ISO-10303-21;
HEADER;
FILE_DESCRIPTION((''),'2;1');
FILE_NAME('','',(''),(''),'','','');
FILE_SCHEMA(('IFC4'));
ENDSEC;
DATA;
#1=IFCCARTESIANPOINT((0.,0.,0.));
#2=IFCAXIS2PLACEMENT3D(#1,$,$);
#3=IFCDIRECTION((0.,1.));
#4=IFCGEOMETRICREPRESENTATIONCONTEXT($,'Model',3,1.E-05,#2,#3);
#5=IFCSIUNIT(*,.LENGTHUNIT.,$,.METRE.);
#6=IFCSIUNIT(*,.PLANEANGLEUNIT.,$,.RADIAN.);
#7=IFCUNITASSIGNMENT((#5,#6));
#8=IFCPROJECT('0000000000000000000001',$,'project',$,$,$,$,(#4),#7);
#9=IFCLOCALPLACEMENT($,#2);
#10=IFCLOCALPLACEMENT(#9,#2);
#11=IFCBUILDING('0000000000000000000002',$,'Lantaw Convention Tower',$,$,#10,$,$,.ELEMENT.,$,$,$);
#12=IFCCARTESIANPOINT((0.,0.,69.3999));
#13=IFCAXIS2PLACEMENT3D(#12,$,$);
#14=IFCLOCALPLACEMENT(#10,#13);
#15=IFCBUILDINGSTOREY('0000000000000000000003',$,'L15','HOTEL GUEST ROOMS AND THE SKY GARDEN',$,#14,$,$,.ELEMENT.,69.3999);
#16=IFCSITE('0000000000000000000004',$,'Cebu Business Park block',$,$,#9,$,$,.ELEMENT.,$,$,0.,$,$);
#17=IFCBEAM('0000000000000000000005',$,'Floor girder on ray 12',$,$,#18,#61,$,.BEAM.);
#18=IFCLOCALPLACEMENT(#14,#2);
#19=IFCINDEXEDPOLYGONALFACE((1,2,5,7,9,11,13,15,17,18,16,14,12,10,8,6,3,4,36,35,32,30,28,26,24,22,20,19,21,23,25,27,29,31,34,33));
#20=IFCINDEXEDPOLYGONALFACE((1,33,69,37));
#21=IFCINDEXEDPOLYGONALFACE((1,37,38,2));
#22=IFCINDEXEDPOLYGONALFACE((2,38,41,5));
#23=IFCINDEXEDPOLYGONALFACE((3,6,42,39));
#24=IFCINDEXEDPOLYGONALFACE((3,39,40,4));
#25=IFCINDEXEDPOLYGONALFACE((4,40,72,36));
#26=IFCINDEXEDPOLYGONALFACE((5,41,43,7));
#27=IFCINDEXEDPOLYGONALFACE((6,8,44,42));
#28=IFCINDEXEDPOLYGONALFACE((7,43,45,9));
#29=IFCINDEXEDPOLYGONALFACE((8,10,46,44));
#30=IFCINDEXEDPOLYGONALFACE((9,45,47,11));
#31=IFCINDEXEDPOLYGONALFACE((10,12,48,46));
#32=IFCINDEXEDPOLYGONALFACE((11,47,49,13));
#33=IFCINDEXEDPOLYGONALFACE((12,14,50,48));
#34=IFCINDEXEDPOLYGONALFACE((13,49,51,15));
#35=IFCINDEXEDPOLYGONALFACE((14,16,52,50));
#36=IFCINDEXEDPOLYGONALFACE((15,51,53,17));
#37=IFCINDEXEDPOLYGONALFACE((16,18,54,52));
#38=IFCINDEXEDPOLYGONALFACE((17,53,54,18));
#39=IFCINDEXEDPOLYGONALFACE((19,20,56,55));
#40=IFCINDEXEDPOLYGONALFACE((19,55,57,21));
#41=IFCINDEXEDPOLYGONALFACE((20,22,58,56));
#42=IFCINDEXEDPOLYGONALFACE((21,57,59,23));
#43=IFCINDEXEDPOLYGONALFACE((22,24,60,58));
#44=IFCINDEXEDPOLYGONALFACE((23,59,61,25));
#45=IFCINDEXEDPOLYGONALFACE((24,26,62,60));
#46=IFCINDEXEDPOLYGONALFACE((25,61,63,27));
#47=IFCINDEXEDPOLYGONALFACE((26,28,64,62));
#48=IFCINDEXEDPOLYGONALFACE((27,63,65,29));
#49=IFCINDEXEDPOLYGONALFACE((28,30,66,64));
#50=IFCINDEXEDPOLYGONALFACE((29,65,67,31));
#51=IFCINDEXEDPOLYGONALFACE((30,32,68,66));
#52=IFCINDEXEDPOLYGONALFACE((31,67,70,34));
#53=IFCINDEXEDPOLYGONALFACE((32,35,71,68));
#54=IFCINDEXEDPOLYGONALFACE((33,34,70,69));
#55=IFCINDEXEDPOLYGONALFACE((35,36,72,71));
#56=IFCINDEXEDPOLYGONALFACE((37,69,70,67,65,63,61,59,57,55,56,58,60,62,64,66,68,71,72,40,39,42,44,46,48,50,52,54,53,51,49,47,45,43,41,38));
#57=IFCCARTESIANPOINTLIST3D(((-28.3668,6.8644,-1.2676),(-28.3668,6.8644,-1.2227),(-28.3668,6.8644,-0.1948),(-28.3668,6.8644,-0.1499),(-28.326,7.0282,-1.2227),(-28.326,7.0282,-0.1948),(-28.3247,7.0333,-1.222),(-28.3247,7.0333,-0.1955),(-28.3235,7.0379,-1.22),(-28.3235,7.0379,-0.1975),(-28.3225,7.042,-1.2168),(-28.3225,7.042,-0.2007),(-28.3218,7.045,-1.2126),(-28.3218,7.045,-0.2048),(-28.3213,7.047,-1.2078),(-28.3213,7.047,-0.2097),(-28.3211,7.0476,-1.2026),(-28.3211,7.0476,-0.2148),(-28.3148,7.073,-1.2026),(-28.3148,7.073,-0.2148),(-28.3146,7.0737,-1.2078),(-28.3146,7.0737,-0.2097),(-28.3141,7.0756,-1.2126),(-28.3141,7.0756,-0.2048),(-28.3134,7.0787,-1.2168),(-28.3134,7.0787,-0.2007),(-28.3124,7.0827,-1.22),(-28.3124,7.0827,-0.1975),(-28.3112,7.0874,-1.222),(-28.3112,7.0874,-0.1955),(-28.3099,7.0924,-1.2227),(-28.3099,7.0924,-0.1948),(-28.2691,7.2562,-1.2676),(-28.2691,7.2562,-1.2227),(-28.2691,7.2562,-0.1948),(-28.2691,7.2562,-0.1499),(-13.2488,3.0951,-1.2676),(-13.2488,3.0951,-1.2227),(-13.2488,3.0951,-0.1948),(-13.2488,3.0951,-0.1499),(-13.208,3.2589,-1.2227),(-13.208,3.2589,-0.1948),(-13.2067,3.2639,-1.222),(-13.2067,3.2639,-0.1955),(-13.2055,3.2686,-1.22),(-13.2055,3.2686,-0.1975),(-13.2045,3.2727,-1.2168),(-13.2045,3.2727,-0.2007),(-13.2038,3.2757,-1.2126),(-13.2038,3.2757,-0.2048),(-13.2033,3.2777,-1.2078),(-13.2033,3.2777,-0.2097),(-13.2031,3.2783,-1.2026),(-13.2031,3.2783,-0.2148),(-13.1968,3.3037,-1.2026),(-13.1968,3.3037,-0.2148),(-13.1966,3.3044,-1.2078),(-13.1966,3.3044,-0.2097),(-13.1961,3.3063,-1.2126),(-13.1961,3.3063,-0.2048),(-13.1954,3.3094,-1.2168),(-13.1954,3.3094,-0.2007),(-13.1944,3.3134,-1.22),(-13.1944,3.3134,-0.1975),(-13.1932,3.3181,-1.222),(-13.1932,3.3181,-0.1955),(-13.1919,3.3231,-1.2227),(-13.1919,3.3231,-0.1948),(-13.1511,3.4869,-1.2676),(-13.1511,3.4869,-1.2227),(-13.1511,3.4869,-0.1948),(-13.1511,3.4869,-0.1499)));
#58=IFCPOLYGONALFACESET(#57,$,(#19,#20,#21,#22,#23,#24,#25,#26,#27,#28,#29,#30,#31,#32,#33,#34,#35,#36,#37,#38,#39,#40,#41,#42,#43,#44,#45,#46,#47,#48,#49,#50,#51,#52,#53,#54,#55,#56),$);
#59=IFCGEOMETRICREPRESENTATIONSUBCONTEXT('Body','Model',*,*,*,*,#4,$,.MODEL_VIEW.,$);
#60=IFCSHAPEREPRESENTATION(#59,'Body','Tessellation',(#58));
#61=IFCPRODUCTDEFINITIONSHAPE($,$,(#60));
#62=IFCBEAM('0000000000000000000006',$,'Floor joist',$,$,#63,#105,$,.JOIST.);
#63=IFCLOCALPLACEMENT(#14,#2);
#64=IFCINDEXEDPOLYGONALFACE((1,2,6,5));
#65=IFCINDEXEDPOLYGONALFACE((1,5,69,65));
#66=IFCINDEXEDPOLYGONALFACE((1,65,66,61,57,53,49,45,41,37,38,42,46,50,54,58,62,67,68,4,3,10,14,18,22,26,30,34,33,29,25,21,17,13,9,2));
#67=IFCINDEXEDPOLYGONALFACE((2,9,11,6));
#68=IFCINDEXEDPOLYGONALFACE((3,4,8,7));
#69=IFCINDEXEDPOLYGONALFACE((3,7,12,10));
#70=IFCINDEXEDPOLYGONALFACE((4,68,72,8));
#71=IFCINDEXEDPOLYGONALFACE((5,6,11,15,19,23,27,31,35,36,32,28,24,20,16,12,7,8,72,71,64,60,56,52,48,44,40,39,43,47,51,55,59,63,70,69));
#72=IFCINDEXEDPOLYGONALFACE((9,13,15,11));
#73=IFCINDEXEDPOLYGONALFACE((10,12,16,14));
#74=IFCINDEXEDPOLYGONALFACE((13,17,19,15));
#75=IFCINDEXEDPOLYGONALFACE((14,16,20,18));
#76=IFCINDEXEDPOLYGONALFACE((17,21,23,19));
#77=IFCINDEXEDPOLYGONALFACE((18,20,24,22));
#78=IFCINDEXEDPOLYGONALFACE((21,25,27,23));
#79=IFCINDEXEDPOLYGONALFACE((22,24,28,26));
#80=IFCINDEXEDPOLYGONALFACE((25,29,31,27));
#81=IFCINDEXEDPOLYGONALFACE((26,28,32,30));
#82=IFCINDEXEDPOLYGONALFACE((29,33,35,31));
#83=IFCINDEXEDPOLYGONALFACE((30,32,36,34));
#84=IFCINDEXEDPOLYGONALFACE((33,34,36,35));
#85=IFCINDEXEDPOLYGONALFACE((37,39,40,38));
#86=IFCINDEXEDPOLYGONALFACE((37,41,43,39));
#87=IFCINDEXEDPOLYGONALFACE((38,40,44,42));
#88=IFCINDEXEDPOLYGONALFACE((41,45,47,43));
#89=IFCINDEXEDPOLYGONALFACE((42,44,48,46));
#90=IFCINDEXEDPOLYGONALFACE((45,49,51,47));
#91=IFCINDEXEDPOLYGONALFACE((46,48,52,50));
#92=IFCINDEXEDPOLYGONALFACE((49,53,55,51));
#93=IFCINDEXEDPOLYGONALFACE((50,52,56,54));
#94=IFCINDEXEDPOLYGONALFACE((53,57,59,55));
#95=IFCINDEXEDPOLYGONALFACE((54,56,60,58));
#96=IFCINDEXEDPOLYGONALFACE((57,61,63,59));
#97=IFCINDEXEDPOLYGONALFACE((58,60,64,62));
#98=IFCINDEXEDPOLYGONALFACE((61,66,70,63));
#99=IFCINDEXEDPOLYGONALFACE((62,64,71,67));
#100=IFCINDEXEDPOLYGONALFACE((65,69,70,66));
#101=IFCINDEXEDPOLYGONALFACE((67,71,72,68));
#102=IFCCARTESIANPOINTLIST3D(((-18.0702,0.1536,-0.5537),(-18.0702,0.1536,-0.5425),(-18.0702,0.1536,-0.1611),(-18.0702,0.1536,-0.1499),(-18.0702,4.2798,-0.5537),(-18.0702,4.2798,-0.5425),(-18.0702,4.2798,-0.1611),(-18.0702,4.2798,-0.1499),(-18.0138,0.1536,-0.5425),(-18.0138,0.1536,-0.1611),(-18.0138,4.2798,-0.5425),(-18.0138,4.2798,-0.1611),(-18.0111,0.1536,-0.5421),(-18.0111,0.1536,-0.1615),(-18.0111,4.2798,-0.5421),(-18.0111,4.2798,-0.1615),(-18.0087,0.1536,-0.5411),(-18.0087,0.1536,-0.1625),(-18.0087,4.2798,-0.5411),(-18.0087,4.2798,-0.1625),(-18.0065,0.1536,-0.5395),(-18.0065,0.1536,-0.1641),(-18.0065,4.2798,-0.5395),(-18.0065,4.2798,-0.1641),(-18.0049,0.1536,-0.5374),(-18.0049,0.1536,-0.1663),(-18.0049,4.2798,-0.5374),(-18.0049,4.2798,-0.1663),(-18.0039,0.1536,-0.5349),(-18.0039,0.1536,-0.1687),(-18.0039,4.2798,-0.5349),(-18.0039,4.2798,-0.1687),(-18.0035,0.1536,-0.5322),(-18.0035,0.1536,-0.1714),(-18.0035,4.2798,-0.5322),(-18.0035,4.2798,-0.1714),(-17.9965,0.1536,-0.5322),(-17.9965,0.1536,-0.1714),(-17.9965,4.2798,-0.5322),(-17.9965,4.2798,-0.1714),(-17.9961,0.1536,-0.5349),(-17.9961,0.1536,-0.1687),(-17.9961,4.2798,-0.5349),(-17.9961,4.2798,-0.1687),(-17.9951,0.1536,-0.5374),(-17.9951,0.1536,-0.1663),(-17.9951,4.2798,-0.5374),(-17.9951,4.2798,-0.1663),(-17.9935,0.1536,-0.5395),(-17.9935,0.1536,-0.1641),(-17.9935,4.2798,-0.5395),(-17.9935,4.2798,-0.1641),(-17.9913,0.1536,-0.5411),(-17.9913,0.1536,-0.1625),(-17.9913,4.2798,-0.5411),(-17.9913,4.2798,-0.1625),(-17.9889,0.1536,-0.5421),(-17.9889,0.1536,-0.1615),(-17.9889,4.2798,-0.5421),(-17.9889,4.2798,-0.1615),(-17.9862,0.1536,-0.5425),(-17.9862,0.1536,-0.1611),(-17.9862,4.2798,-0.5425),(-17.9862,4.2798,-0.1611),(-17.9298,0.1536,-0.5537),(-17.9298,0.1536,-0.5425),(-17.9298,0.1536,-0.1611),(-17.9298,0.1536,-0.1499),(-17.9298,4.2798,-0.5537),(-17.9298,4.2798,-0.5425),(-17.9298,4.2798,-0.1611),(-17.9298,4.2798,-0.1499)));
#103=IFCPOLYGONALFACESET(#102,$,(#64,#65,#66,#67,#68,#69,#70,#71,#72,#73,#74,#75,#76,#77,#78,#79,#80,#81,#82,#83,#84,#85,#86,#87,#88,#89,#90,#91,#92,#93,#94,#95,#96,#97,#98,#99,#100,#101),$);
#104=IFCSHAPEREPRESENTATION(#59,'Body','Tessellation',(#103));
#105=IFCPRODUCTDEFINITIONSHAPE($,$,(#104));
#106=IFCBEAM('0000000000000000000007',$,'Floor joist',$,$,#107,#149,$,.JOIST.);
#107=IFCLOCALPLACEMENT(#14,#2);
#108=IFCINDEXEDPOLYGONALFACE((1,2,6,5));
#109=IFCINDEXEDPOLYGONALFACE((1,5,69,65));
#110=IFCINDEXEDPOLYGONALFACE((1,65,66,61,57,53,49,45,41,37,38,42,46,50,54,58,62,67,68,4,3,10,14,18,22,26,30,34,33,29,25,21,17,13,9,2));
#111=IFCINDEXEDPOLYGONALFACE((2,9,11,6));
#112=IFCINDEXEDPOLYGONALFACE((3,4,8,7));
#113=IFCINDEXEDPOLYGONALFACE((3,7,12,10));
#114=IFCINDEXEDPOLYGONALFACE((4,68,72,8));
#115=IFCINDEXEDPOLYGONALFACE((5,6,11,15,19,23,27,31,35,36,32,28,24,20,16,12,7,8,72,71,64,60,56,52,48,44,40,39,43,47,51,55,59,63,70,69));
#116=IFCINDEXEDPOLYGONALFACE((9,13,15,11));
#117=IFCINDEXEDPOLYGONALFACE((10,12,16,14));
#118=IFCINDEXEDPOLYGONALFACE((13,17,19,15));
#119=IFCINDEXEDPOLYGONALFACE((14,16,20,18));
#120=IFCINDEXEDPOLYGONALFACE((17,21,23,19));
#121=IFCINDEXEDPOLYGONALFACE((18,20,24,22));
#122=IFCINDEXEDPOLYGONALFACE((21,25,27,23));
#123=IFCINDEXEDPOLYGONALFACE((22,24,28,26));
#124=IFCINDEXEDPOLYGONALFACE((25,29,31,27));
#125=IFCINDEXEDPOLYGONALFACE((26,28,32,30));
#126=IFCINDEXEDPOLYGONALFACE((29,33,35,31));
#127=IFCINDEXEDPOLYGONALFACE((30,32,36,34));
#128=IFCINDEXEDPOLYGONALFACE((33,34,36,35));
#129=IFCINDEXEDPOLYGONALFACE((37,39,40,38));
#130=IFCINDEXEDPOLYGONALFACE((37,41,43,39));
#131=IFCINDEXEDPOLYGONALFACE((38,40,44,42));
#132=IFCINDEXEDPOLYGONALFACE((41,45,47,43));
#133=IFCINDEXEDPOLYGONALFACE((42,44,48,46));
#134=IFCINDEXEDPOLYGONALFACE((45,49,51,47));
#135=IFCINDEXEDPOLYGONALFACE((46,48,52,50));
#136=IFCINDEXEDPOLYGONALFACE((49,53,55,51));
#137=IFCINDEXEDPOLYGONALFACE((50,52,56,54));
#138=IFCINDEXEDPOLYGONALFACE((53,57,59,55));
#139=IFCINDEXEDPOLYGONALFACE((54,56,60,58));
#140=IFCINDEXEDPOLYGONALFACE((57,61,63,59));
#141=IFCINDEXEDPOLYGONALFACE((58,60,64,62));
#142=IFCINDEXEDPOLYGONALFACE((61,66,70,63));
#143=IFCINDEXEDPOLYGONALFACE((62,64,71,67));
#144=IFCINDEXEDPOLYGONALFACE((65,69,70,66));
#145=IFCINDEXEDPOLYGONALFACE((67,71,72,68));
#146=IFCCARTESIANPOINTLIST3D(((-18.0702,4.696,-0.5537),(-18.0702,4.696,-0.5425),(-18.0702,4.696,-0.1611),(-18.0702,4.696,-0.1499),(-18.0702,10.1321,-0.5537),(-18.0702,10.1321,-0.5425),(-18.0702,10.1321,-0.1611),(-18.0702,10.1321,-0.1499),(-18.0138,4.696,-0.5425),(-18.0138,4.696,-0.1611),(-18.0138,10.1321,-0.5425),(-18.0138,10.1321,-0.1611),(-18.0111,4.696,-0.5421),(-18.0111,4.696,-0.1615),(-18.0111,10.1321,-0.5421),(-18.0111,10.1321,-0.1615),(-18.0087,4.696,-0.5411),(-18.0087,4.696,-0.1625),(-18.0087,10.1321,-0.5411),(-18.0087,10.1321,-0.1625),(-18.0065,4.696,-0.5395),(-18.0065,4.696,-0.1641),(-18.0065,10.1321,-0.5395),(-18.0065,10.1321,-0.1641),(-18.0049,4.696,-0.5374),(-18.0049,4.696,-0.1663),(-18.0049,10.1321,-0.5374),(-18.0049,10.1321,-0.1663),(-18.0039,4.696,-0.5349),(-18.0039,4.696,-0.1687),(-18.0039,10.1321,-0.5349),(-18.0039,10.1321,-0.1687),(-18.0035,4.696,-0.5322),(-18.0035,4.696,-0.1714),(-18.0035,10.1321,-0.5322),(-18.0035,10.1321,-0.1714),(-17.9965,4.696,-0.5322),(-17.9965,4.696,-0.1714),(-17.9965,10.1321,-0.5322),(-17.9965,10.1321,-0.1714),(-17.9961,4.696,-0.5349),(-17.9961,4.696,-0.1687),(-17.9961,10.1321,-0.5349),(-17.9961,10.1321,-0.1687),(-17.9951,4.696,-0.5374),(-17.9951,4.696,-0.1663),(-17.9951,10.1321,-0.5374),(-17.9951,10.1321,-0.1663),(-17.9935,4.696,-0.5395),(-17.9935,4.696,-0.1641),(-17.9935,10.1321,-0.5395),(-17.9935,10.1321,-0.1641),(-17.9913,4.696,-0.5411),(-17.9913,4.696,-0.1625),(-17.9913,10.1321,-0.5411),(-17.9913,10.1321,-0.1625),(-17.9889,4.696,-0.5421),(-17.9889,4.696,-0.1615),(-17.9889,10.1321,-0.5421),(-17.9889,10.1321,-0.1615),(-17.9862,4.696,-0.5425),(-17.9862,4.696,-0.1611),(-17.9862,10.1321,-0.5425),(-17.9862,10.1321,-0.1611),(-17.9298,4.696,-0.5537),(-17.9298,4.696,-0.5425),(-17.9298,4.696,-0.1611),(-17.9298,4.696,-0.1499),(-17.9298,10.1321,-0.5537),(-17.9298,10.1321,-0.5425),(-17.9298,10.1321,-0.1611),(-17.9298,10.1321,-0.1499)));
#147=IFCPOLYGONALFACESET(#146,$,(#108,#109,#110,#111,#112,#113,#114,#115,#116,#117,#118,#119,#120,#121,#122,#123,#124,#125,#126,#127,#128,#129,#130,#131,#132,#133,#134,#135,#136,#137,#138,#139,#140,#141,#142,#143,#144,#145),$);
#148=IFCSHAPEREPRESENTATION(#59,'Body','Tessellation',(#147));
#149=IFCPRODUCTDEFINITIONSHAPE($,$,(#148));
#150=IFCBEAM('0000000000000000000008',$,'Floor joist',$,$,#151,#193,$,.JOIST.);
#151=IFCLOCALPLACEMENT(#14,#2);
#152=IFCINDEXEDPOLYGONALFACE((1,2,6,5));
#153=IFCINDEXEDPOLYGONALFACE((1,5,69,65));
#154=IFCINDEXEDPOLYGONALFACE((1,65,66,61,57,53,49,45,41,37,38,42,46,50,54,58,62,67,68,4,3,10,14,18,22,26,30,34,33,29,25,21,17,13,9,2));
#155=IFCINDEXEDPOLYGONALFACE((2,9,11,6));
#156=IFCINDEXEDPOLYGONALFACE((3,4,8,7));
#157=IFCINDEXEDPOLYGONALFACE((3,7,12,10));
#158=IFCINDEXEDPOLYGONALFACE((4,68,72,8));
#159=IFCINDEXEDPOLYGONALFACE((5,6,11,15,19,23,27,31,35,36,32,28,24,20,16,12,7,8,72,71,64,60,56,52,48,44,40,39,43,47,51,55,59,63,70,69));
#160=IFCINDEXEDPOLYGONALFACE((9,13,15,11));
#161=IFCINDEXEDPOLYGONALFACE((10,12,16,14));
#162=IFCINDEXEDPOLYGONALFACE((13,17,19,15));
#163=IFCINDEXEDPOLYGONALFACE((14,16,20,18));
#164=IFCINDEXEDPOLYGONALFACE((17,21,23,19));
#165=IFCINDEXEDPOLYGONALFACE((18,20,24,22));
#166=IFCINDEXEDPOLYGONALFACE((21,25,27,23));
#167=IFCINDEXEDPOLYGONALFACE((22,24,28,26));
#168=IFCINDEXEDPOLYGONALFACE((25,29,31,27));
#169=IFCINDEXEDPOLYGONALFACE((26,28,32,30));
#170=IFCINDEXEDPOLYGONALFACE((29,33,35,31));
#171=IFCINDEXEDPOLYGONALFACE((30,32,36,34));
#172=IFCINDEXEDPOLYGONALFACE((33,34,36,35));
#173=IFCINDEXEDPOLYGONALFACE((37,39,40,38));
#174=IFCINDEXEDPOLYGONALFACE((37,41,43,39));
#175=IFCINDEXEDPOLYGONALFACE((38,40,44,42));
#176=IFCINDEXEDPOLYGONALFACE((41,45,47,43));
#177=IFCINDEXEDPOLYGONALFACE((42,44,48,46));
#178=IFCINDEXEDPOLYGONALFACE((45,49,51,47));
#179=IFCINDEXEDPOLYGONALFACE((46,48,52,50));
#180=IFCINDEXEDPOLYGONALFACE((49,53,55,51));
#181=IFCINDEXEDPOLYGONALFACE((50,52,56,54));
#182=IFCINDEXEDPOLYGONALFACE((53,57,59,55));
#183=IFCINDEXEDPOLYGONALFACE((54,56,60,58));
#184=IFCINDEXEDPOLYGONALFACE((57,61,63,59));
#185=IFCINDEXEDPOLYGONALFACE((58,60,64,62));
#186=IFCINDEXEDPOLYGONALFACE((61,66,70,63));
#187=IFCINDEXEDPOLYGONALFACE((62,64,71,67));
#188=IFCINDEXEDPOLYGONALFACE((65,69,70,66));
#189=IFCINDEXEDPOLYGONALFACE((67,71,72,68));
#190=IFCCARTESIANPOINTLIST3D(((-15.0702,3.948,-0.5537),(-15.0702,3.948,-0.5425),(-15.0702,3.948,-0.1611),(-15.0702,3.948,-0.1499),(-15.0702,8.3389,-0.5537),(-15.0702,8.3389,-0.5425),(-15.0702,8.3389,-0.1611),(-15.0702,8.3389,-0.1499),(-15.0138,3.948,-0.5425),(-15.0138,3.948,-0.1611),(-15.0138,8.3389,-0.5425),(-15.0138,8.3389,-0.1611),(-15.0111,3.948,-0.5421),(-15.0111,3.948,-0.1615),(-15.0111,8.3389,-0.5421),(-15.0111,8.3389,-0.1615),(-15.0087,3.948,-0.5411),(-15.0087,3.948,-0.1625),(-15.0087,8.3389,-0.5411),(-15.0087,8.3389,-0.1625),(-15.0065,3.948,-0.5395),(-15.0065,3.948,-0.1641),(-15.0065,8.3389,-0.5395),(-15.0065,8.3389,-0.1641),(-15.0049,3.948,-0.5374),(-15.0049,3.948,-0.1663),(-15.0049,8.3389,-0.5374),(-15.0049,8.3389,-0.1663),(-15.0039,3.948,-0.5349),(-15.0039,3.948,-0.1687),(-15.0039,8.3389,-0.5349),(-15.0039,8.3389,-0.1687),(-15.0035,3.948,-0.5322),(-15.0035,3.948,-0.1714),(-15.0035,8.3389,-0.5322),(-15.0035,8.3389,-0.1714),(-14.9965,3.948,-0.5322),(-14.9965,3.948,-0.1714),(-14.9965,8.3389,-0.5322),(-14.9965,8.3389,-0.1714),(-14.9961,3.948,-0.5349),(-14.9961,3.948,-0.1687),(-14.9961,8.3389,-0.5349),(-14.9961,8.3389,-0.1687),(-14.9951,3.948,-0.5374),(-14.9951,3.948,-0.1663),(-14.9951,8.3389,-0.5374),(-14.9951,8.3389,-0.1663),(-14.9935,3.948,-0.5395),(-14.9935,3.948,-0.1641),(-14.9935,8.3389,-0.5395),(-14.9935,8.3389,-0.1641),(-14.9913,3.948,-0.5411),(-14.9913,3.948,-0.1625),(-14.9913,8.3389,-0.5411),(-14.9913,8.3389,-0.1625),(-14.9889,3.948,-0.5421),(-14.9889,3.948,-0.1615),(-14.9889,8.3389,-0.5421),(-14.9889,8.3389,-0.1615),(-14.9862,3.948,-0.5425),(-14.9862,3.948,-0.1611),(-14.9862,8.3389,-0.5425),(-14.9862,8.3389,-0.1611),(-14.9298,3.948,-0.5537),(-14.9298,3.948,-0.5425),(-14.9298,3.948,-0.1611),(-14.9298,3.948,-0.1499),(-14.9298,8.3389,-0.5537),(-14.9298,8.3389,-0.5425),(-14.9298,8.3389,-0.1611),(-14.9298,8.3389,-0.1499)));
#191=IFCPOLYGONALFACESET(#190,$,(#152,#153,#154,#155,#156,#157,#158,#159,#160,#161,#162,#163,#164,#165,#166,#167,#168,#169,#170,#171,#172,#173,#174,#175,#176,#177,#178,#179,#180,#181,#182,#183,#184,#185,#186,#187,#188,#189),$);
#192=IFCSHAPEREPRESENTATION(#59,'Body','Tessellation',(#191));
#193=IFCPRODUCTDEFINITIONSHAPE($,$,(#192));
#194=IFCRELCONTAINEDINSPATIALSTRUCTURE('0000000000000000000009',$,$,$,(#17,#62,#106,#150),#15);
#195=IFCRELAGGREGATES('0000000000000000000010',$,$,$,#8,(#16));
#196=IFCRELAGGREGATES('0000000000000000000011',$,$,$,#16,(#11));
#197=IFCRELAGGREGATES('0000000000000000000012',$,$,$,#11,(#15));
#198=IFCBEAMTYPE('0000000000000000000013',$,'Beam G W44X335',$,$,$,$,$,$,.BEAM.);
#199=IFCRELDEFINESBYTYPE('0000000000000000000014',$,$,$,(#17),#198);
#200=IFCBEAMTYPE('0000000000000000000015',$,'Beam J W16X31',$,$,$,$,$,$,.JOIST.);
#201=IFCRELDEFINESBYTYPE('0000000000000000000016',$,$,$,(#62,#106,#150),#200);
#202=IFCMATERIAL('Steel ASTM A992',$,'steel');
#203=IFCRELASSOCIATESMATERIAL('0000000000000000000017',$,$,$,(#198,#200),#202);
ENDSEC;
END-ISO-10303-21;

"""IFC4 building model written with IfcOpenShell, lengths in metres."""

from ifc_helpers import new_model, si_unit, direction, frame, origin, origin_2d, place, context, subcontext, project, spatial, i_section, extrude, material, material_profile, profile_set, type_object, element, save


model = new_model("IFC4")

# Units and contexts
model_context = context("Model", 3, precision=1e-05, world=origin(), true_north=direction((0.0, 1.0)))
body_context = subcontext(model_context, "Body", "Model", "MODEL_VIEW")
ifc_project = project(units=[si_unit("LENGTHUNIT", "METRE"), si_unit("PLANEANGLEUNIT", "RADIAN")], contexts=[model_context])

# Site, building, storey
site_placement = place(None, origin())
site = spatial("IfcSite", under=ifc_project, at=site_placement, Name="Cebu Business Park block", CompositionType="ELEMENT", RefElevation=0.0)
building_placement = place(site_placement, origin())
building = spatial("IfcBuilding", under=site, at=building_placement, Name="Lantaw Convention Tower", CompositionType="ELEMENT")
storey_placement = place(building_placement, frame((0.0, 0.0, 69.3999)))
storey = spatial("IfcBuildingStorey", under=building, at=storey_placement, Name="L15", Description="HOTEL GUEST ROOMS AND THE SKY GARDEN", CompositionType="ELEMENT", Elevation=69.3999)

# Beams
ifc_material_1 = material(Name="Steel ASTM A992", Category="steel")
ifc_material_profile_1 = material_profile(ifc_material_1, i_section(OverallWidth=0.4038, OverallDepth=1.1177, WebThickness=0.0261, FlangeThickness=0.0449, FilletRadius=0.02, at=origin_2d()), Name="W44X335")
ifc_profile_set_1 = profile_set([ifc_material_profile_1], Name="Steel ASTM A992")
beam_type_1 = type_object("IfcBeamType", Name="Beam G W44X335", PredefinedType="BEAM", material=ifc_profile_set_1)
beam_1_placement = place(storey_placement, frame((-13.2, 3.291, -0.7087), z_axis=(-0.970296, 0.24192, 0.0), x_axis=(-0.24192, -0.970296, 0.0)))
element("IfcBeam", 1, at=beam_1_placement, inside=storey, type_object=beam_type_1, Name="Floor girder on ray 12", PredefinedType="BEAM", context=body_context, shape_type="SweptSolid", body=[
    extrude(i_section(OverallWidth=0.4038, OverallDepth=1.1177, WebThickness=0.0261, FlangeThickness=0.0449, FilletRadius=0.02, at=origin_2d()), origin(), (0.0, 0.0, 1.0), 15.5808),
])
ifc_material_profile_2 = material_profile(ifc_material_1, i_section(OverallWidth=0.1404, OverallDepth=0.4038, WebThickness=0.0071, FlangeThickness=0.0112, FilletRadius=0.0103, at=origin_2d()), Name="W16X31")
ifc_profile_set_2 = profile_set([ifc_material_profile_2], Name="Steel ASTM A992")
beam_type_2 = type_object("IfcBeamType", Name="Beam J W16X31", PredefinedType="JOIST", material=ifc_profile_set_2)
beam_2_placement = place(storey_placement, frame((-18.0, 0.1536, -0.3518), z_axis=(0.0, 1.0, 0.0), x_axis=(-1.0, 0.0, 0.0)))
element("IfcBeam", 2, at=beam_2_placement, inside=storey, type_object=beam_type_2, Name="Floor joist", PredefinedType="JOIST", context=body_context, shape_type="SweptSolid", body=[
    extrude(i_section(OverallWidth=0.1404, OverallDepth=0.4038, WebThickness=0.0071, FlangeThickness=0.0112, FilletRadius=0.0103, at=origin_2d()), origin(), (0.0, 0.0, 1.0), 4.1262),
])
beam_3_placement = place(storey_placement, frame((-18.0, 4.696, -0.3518), z_axis=(0.0, 1.0, 0.0), x_axis=(-1.0, 0.0, 0.0)))
element("IfcBeam", 3, at=beam_3_placement, inside=storey, type_object=beam_type_2, Name="Floor joist", PredefinedType="JOIST", context=body_context, shape_type="SweptSolid", body=[
    extrude(i_section(OverallWidth=0.1404, OverallDepth=0.4038, WebThickness=0.0071, FlangeThickness=0.0112, FilletRadius=0.0103, at=origin_2d()), origin(), (0.0, 0.0, 1.0), 5.436),
])
beam_4_placement = place(storey_placement, frame((-15.0, 3.948, -0.3518), z_axis=(0.0, 1.0, 0.0), x_axis=(-1.0, 0.0, 0.0)))
element("IfcBeam", 4, at=beam_4_placement, inside=storey, type_object=beam_type_2, Name="Floor joist", PredefinedType="JOIST", context=body_context, shape_type="SweptSolid", body=[
    extrude(i_section(OverallWidth=0.1404, OverallDepth=0.4038, WebThickness=0.0071, FlangeThickness=0.0112, FilletRadius=0.0103, at=origin_2d()), origin(), (0.0, 0.0, 1.0), 4.3909),
])

save(model, "model.ifc")
